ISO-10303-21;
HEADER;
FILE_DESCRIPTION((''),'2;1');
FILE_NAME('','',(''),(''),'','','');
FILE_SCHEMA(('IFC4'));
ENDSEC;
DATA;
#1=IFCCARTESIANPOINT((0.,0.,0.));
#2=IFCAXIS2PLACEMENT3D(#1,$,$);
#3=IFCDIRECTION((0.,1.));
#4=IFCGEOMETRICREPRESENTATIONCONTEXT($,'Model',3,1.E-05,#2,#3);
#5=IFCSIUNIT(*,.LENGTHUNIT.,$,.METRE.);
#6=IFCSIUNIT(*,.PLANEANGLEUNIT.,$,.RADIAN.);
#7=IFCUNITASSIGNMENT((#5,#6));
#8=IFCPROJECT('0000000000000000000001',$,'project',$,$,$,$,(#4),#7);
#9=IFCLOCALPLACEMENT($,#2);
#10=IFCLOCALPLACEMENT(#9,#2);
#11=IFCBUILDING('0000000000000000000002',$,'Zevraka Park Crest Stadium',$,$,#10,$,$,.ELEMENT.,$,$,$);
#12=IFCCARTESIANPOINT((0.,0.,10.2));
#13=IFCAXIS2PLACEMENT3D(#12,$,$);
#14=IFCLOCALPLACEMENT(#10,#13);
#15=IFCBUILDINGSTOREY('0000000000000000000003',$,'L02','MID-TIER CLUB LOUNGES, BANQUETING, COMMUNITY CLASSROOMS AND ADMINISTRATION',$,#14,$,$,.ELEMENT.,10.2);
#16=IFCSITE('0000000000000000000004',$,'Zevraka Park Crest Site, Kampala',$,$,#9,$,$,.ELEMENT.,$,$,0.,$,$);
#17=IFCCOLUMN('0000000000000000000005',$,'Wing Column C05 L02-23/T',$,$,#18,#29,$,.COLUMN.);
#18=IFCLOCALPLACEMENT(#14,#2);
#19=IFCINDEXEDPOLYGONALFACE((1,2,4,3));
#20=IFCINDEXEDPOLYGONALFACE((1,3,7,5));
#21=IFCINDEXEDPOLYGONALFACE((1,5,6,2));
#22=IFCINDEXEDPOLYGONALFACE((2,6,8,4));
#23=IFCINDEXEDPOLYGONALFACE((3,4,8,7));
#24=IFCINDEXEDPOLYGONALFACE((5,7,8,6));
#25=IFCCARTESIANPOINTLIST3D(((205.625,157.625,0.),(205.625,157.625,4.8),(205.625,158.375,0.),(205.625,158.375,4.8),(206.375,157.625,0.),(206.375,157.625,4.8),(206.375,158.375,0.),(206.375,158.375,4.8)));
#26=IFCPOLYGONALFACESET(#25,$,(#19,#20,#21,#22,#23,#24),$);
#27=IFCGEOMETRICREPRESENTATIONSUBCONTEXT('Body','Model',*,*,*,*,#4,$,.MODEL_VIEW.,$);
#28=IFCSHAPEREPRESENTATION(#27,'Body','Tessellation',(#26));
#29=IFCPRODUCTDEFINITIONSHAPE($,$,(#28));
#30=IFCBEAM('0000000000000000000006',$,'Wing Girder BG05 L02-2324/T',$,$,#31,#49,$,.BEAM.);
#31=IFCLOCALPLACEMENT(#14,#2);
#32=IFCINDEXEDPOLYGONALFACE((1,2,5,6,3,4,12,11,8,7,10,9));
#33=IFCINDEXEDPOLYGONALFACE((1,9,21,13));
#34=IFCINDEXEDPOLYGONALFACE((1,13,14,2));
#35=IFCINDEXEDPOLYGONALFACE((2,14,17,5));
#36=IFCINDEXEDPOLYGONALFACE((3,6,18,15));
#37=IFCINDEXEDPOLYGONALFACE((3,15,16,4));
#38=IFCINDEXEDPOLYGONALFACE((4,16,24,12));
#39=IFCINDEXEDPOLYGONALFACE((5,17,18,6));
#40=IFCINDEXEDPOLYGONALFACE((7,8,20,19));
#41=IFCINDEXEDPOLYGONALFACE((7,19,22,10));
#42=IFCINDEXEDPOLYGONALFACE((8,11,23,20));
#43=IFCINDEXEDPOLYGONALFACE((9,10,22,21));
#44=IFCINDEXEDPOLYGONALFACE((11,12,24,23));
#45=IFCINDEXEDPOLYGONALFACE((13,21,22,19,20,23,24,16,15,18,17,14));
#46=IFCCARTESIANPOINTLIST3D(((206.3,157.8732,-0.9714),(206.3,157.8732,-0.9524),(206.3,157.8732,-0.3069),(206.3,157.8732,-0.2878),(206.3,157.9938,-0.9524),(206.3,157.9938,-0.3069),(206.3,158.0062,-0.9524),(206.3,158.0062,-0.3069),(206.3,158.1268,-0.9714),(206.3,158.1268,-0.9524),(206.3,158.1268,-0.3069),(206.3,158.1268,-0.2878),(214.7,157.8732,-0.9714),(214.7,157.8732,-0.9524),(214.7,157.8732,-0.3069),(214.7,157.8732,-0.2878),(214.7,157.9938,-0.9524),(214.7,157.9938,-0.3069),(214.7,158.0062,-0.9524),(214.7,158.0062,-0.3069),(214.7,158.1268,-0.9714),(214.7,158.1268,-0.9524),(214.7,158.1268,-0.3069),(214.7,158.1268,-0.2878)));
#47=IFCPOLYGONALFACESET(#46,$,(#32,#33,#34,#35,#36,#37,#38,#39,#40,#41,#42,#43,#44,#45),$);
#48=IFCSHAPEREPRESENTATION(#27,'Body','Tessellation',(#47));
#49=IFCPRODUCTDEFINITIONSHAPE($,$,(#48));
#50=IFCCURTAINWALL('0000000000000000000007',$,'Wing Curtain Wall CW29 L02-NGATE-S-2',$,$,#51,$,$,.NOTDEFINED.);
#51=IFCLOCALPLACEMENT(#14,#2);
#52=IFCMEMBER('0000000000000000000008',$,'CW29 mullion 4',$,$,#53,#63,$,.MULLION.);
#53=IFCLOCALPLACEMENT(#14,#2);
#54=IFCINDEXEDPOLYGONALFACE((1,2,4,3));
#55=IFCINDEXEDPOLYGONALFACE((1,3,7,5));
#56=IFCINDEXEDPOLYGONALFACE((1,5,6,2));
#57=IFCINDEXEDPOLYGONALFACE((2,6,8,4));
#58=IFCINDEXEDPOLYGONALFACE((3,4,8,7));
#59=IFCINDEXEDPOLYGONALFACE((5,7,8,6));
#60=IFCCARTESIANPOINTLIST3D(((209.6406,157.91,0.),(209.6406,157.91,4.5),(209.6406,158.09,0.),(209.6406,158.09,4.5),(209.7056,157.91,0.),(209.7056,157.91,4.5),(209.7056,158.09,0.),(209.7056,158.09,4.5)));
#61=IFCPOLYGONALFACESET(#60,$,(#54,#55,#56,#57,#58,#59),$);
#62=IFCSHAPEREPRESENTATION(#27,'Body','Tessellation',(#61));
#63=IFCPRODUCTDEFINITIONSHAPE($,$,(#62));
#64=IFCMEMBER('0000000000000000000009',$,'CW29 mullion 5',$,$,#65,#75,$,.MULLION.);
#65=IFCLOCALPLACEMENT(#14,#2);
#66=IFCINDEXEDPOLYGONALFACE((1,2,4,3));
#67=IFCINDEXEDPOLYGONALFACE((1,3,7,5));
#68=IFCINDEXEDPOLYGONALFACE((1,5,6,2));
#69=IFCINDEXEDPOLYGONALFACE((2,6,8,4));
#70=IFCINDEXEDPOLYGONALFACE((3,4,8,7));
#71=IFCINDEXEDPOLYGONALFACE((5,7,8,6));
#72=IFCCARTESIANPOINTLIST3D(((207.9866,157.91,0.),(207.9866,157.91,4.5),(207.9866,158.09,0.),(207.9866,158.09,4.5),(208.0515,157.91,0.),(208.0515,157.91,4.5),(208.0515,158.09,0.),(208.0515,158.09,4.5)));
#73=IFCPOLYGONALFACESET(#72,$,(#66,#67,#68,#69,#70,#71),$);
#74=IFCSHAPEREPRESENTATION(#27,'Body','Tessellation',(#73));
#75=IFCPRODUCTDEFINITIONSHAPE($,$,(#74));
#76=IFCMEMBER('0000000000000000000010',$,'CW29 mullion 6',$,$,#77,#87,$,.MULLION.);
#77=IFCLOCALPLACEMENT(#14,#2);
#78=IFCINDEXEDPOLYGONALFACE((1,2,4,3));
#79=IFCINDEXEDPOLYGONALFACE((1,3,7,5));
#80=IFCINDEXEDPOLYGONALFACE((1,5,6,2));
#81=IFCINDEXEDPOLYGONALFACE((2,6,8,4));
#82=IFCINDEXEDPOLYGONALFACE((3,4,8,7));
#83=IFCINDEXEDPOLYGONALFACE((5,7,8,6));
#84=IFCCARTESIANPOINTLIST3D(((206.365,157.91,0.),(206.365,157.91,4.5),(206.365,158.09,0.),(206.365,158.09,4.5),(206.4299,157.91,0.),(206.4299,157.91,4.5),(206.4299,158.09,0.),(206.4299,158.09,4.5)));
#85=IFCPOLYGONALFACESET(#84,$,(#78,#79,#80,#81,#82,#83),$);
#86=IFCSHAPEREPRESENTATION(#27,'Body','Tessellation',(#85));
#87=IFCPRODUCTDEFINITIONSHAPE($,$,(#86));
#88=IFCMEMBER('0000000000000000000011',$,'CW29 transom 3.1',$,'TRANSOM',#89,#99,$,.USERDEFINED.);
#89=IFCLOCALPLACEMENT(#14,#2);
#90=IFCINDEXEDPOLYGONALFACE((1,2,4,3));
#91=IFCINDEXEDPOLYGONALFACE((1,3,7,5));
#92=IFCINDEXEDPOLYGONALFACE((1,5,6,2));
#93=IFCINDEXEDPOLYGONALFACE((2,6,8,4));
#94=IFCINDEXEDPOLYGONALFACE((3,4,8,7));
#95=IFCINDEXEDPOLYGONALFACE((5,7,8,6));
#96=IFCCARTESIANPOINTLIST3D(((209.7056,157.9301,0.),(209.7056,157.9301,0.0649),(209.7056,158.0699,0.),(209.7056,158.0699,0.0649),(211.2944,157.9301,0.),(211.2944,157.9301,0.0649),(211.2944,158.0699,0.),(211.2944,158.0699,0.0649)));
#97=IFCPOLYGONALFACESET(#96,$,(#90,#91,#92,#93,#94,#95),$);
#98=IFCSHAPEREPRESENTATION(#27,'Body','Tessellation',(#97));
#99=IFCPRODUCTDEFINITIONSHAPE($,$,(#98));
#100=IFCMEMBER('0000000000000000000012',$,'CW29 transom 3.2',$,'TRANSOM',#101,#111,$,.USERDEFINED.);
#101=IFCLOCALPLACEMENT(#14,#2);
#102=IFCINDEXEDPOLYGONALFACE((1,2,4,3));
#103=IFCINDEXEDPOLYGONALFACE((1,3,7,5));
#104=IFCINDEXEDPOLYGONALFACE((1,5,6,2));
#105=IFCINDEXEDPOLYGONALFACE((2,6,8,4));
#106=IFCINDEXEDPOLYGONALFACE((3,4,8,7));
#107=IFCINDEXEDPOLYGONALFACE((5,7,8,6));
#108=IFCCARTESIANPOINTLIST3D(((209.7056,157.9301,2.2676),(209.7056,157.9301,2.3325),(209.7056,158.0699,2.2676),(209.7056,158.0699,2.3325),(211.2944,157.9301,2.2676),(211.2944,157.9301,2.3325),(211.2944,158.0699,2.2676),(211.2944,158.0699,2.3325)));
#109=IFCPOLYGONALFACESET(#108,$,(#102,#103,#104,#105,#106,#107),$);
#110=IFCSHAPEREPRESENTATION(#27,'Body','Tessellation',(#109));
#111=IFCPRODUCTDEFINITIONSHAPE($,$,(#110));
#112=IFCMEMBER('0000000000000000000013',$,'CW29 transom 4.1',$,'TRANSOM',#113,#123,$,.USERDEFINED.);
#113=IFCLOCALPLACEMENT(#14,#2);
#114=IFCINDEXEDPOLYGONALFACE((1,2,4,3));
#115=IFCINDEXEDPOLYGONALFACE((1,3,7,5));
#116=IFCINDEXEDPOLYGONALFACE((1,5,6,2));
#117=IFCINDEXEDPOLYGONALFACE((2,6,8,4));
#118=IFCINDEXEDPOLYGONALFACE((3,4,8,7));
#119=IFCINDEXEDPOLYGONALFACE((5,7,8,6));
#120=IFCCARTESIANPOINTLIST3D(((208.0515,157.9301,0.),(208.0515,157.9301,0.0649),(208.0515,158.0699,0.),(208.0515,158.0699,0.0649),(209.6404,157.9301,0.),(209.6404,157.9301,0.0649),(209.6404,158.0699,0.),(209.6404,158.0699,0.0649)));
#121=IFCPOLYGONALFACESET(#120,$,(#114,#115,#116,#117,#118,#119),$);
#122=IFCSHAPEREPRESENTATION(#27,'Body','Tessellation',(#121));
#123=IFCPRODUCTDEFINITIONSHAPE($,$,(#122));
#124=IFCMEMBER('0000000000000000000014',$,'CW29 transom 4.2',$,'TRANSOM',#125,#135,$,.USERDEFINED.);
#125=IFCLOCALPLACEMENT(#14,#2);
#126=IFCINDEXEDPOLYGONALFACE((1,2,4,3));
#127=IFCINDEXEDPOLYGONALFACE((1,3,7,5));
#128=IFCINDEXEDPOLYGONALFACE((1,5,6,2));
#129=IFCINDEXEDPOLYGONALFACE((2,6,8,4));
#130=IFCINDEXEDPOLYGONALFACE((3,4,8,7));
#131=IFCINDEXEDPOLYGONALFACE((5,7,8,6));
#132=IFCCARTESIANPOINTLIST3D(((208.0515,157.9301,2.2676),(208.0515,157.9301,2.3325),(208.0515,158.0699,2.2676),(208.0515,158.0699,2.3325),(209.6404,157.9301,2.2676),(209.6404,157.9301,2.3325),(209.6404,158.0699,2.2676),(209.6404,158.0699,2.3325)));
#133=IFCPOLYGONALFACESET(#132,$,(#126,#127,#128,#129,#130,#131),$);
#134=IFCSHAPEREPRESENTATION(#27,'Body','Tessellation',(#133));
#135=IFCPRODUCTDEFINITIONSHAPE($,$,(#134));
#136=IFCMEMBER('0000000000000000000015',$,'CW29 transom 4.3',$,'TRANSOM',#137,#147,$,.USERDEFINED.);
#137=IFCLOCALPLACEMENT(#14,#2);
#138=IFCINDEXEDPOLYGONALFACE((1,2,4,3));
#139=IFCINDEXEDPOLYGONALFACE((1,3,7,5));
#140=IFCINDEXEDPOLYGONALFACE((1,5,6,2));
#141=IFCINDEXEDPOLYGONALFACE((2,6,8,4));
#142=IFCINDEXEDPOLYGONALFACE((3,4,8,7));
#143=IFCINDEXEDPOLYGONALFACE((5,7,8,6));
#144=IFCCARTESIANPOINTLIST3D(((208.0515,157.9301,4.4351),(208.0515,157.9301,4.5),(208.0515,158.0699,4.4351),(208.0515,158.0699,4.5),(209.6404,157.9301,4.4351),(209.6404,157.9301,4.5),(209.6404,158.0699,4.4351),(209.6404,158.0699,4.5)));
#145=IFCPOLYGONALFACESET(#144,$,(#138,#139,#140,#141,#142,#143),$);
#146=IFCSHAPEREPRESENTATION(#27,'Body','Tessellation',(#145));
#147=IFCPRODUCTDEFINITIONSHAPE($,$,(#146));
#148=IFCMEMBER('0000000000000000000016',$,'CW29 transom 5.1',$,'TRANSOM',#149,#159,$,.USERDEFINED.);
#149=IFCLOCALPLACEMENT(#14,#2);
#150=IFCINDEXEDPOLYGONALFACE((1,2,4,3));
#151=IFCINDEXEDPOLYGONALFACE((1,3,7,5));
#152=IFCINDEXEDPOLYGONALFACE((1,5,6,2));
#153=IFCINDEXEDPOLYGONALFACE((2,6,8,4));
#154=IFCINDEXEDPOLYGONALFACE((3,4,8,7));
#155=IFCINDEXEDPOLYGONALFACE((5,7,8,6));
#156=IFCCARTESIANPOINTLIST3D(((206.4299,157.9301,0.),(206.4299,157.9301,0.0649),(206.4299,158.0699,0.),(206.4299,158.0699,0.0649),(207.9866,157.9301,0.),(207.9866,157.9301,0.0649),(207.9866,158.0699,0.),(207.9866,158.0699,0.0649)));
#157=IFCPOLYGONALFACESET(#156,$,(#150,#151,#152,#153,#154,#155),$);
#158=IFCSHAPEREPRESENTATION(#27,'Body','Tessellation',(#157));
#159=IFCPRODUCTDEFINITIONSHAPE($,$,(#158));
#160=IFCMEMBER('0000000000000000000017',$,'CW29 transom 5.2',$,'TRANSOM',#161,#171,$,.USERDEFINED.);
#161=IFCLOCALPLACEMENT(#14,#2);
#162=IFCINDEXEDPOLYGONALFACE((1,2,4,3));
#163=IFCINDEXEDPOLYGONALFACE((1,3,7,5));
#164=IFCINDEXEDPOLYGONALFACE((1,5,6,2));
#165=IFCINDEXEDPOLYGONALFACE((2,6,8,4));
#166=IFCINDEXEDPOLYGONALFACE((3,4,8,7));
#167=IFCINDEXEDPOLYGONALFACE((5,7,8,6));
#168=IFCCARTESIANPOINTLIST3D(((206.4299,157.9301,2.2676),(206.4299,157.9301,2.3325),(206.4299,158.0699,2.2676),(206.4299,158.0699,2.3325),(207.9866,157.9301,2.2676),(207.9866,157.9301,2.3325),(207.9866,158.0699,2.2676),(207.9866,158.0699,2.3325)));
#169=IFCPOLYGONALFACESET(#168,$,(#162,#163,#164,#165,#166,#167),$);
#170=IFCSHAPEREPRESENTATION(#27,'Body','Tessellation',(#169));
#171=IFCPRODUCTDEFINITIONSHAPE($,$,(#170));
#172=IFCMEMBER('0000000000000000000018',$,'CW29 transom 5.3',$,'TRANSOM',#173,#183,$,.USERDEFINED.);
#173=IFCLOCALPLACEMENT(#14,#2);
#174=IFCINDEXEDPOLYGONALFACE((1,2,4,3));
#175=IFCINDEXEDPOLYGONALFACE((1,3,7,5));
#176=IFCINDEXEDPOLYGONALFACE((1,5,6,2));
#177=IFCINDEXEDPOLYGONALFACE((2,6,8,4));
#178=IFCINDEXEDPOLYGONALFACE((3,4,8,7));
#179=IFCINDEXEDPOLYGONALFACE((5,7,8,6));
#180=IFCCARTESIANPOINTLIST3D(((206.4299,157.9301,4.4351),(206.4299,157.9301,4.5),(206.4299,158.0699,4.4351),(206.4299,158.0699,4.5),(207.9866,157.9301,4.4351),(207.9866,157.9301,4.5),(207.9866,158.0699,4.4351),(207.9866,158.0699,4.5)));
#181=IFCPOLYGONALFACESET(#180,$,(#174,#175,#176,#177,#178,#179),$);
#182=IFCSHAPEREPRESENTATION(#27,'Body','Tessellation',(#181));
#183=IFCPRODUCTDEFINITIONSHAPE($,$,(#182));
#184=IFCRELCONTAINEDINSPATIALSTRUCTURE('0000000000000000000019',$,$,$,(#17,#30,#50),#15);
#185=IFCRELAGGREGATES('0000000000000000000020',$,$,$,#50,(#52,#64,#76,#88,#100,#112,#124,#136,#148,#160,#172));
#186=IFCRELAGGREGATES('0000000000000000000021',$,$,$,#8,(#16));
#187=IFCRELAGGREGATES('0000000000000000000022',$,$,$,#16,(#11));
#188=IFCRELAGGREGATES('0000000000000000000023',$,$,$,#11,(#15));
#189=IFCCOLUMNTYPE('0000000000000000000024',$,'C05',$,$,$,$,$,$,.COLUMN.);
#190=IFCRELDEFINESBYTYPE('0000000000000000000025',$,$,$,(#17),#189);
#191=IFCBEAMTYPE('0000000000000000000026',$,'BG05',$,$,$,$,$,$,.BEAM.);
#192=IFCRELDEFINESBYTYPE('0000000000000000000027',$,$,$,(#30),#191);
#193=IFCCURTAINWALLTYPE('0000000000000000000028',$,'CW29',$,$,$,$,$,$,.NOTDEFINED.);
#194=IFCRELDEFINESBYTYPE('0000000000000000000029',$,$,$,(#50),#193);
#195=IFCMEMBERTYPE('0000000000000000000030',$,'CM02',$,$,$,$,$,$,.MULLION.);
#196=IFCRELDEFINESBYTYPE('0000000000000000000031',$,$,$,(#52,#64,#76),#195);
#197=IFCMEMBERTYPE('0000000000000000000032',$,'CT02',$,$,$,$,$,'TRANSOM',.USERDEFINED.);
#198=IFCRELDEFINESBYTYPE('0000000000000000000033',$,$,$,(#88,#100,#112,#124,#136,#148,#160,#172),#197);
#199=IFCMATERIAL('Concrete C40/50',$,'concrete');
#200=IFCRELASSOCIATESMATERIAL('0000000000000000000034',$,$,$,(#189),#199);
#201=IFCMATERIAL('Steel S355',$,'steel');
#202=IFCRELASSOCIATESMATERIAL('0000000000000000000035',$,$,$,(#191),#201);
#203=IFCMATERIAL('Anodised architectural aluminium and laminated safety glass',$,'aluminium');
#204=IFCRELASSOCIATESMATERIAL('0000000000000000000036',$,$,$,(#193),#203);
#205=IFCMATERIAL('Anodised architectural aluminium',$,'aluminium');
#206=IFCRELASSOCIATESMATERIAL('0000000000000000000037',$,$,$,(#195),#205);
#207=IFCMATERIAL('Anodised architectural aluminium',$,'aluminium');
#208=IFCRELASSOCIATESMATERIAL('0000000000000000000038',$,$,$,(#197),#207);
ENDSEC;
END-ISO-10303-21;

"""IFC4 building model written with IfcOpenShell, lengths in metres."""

from ifc_helpers import new_model, si_unit, direction, frame, origin, origin_2d, place, context, subcontext, project, spatial, rectangle, i_section, extrude, material, material_profile, profile_set, type_object, element, aggregate, save


model = new_model("IFC4")

# Units and contexts
model_context = context("Model", 3, precision=1e-05, world=origin(), true_north=direction((0.0, 1.0)))
body_context = subcontext(model_context, "Body", "Model", "MODEL_VIEW")
ifc_project = project(units=[si_unit("LENGTHUNIT", "METRE"), si_unit("PLANEANGLEUNIT", "RADIAN")], contexts=[model_context])

# Site, building, storey
site_placement = place(None, origin())
site = spatial("IfcSite", under=ifc_project, at=site_placement, Name="Zevraka Park Crest Site, Kampala", CompositionType="ELEMENT", RefElevation=0.0)
building_placement = place(site_placement, origin())
building = spatial("IfcBuilding", under=site, at=building_placement, Name="Zevraka Park Crest Stadium", CompositionType="ELEMENT")
storey_placement = place(building_placement, frame((0.0, 0.0, 10.2)))
storey = spatial("IfcBuildingStorey", under=building, at=storey_placement, Name="L02", Description="MID-TIER CLUB LOUNGES, BANQUETING, COMMUNITY CLASSROOMS AND ADMINISTRATION", CompositionType="ELEMENT", Elevation=10.2)

# Column
ifc_material_1 = material(Name="Concrete C40/50", Category="concrete")
ifc_material_profile_1 = material_profile(ifc_material_1, rectangle(XDim=0.75, YDim=0.75, at=origin_2d()), Name="RC 750x750")
ifc_profile_set_1 = profile_set([ifc_material_profile_1], Name="Concrete C40/50")
column_type = type_object("IfcColumnType", Name="C05", PredefinedType="COLUMN", material=ifc_profile_set_1)
column_placement = place(storey_placement, frame((206.0, 158.0, 0.0), z_axis=(0.0, 0.0, 1.0), x_axis=(1.0, 0.0, 0.0)))
element("IfcColumn", 1, at=column_placement, inside=storey, type_object=column_type, Name="Wing Column C05 L02-23/T", PredefinedType="COLUMN", context=body_context, shape_type="SweptSolid", body=[
    extrude(rectangle(XDim=0.75, YDim=0.75, at=origin_2d()), origin(), (0.0, 0.0, 1.0), 4.8),
])

# Beam
ifc_material_2 = material(Name="Steel S355", Category="steel")
ifc_material_profile_2 = material_profile(ifc_material_2, i_section(OverallWidth=0.2537, OverallDepth=0.6836, WebThickness=0.0125, FlangeThickness=0.019, at=origin_2d()), Name="UKB 686x254x140")
ifc_profile_set_2 = profile_set([ifc_material_profile_2], Name="Steel S355")
beam_type = type_object("IfcBeamType", Name="BG05", PredefinedType="BEAM", material=ifc_profile_set_2)
beam_placement = place(storey_placement, frame((206.3, 158.0, -0.6296), z_axis=(1.0, 0.0, 0.0), x_axis=(0.0, 1.0, 0.0)))
element("IfcBeam", 2, at=beam_placement, inside=storey, type_object=beam_type, Name="Wing Girder BG05 L02-2324/T", PredefinedType="BEAM", context=body_context, shape_type="SweptSolid", body=[
    extrude(i_section(OverallWidth=0.2537, OverallDepth=0.6836, WebThickness=0.0125, FlangeThickness=0.019, at=origin_2d()), origin(), (0.0, 0.0, 1.0), 8.3999),
])

# Curtain wall, members
ifc_material_3 = material(Name="Anodised architectural aluminium and laminated safety glass", Category="aluminium")
curtain_wall_type = type_object("IfcCurtainWallType", Name="CW29", PredefinedType="NOTDEFINED", material=ifc_material_3)
curtain_wall_placement = place(storey_placement, origin())
curtain_wall = element("IfcCurtainWall", 3, at=curtain_wall_placement, inside=storey, type_object=curtain_wall_type, Name="Wing Curtain Wall CW29 L02-NGATE-S-2", PredefinedType="NOTDEFINED")
ifc_material_4 = material(Name="Anodised architectural aluminium", Category="aluminium")
ifc_material_profile_3 = material_profile(ifc_material_4, rectangle(XDim=0.1799, YDim=0.0649, at=origin_2d()), Name="ALU MULLION 180x65")
ifc_profile_set_3 = profile_set([ifc_material_profile_3], Name="Anodised architectural aluminium")
member_type_1 = type_object("IfcMemberType", Name="CM02", PredefinedType="MULLION", material=ifc_profile_set_3)
member_1_placement = place(storey_placement, frame((209.6731, 158.0, 0.0), z_axis=(0.0, 0.0, 1.0), x_axis=(0.0, -1.0, 0.0)))
member_1 = element("IfcMember", 4, at=member_1_placement, type_object=member_type_1, Name="CW29 mullion 4", PredefinedType="MULLION", context=body_context, shape_type="SweptSolid", body=[
    extrude(rectangle(XDim=0.1799, YDim=0.0649, at=origin_2d()), origin(), (0.0, 0.0, 1.0), 4.5),
])
member_2_placement = place(storey_placement, frame((208.019, 158.0, 0.0), z_axis=(0.0, 0.0, 1.0), x_axis=(0.0, -1.0, 0.0)))
member_2 = element("IfcMember", 5, at=member_2_placement, type_object=member_type_1, Name="CW29 mullion 5", PredefinedType="MULLION", context=body_context, shape_type="SweptSolid", body=[
    extrude(rectangle(XDim=0.1799, YDim=0.0649, at=origin_2d()), origin(), (0.0, 0.0, 1.0), 4.5),
])
member_3_placement = place(storey_placement, frame((206.3975, 158.0, 0.0), z_axis=(0.0, 0.0, 1.0), x_axis=(0.0, -1.0, 0.0)))
member_3 = element("IfcMember", 6, at=member_3_placement, type_object=member_type_1, Name="CW29 mullion 6", PredefinedType="MULLION", context=body_context, shape_type="SweptSolid", body=[
    extrude(rectangle(XDim=0.1799, YDim=0.0649, at=origin_2d()), origin(), (0.0, 0.0, 1.0), 4.5),
])
ifc_material_5 = material(Name="Anodised architectural aluminium", Category="aluminium")
ifc_material_profile_4 = material_profile(ifc_material_5, rectangle(XDim=0.1399, YDim=0.0649, at=origin_2d()), Name="ALU TRANSOM 140x65")
ifc_profile_set_4 = profile_set([ifc_material_profile_4], Name="Anodised architectural aluminium")
member_type_2 = type_object("IfcMemberType", Name="CT02", ElementType="TRANSOM", PredefinedType="USERDEFINED", material=ifc_profile_set_4)
member_4_placement = place(storey_placement, frame((211.2944, 158.0, 0.0325), z_axis=(-1.0, 0.0, 0.0), x_axis=(0.0, -1.0, 0.0)))
member_4 = element("IfcMember", 7, at=member_4_placement, type_object=member_type_2, Name="CW29 transom 3.1", ObjectType="TRANSOM", PredefinedType="USERDEFINED", context=body_context, shape_type="SweptSolid", body=[
    extrude(rectangle(XDim=0.1399, YDim=0.0649, at=origin_2d()), origin(), (0.0, 0.0, 1.0), 1.5889),
])
member_5_placement = place(storey_placement, frame((211.2944, 158.0, 2.3), z_axis=(-1.0, 0.0, 0.0), x_axis=(0.0, -1.0, 0.0)))
member_5 = element("IfcMember", 8, at=member_5_placement, type_object=member_type_2, Name="CW29 transom 3.2", ObjectType="TRANSOM", PredefinedType="USERDEFINED", context=body_context, shape_type="SweptSolid", body=[
    extrude(rectangle(XDim=0.1399, YDim=0.0649, at=origin_2d()), origin(), (0.0, 0.0, 1.0), 1.5889),
])
member_6_placement = place(storey_placement, frame((209.6404, 158.0, 0.0325), z_axis=(-1.0, 0.0, 0.0), x_axis=(0.0, -1.0, 0.0)))
member_6 = element("IfcMember", 9, at=member_6_placement, type_object=member_type_2, Name="CW29 transom 4.1", ObjectType="TRANSOM", PredefinedType="USERDEFINED", context=body_context, shape_type="SweptSolid", body=[
    extrude(rectangle(XDim=0.1399, YDim=0.0649, at=origin_2d()), origin(), (0.0, 0.0, 1.0), 1.5889),
])
member_7_placement = place(storey_placement, frame((209.6404, 158.0, 2.3), z_axis=(-1.0, 0.0, 0.0), x_axis=(0.0, -1.0, 0.0)))
member_7 = element("IfcMember", 10, at=member_7_placement, type_object=member_type_2, Name="CW29 transom 4.2", ObjectType="TRANSOM", PredefinedType="USERDEFINED", context=body_context, shape_type="SweptSolid", body=[
    extrude(rectangle(XDim=0.1399, YDim=0.0649, at=origin_2d()), origin(), (0.0, 0.0, 1.0), 1.5889),
])
member_8_placement = place(storey_placement, frame((209.6404, 158.0, 4.4675), z_axis=(-1.0, 0.0, 0.0), x_axis=(0.0, -1.0, 0.0)))
member_8 = element("IfcMember", 11, at=member_8_placement, type_object=member_type_2, Name="CW29 transom 4.3", ObjectType="TRANSOM", PredefinedType="USERDEFINED", context=body_context, shape_type="SweptSolid", body=[
    extrude(rectangle(XDim=0.1399, YDim=0.0649, at=origin_2d()), origin(), (0.0, 0.0, 1.0), 1.5889),
])
member_9_placement = place(storey_placement, frame((207.9866, 158.0, 0.0325), z_axis=(-1.0, 0.0, 0.0), x_axis=(0.0, -1.0, 0.0)))
member_9 = element("IfcMember", 12, at=member_9_placement, type_object=member_type_2, Name="CW29 transom 5.1", ObjectType="TRANSOM", PredefinedType="USERDEFINED", context=body_context, shape_type="SweptSolid", body=[
    extrude(rectangle(XDim=0.1399, YDim=0.0649, at=origin_2d()), origin(), (0.0, 0.0, 1.0), 1.5566),
])
member_10_placement = place(storey_placement, frame((207.9866, 158.0, 2.3), z_axis=(-1.0, 0.0, 0.0), x_axis=(0.0, -1.0, 0.0)))
member_10 = element("IfcMember", 13, at=member_10_placement, type_object=member_type_2, Name="CW29 transom 5.2", ObjectType="TRANSOM", PredefinedType="USERDEFINED", context=body_context, shape_type="SweptSolid", body=[
    extrude(rectangle(XDim=0.1399, YDim=0.0649, at=origin_2d()), origin(), (0.0, 0.0, 1.0), 1.5566),
])
member_11_placement = place(storey_placement, frame((207.9866, 158.0, 4.4675), z_axis=(-1.0, 0.0, 0.0), x_axis=(0.0, -1.0, 0.0)))
member_11 = element("IfcMember", 14, at=member_11_placement, type_object=member_type_2, Name="CW29 transom 5.3", ObjectType="TRANSOM", PredefinedType="USERDEFINED", context=body_context, shape_type="SweptSolid", body=[
    extrude(rectangle(XDim=0.1399, YDim=0.0649, at=origin_2d()), origin(), (0.0, 0.0, 1.0), 1.5566),
])
aggregate(curtain_wall, [member_1, member_2, member_3, member_4, member_5, member_6, member_7, member_8, member_9, member_10, member_11])

save(model, "model.ifc")
